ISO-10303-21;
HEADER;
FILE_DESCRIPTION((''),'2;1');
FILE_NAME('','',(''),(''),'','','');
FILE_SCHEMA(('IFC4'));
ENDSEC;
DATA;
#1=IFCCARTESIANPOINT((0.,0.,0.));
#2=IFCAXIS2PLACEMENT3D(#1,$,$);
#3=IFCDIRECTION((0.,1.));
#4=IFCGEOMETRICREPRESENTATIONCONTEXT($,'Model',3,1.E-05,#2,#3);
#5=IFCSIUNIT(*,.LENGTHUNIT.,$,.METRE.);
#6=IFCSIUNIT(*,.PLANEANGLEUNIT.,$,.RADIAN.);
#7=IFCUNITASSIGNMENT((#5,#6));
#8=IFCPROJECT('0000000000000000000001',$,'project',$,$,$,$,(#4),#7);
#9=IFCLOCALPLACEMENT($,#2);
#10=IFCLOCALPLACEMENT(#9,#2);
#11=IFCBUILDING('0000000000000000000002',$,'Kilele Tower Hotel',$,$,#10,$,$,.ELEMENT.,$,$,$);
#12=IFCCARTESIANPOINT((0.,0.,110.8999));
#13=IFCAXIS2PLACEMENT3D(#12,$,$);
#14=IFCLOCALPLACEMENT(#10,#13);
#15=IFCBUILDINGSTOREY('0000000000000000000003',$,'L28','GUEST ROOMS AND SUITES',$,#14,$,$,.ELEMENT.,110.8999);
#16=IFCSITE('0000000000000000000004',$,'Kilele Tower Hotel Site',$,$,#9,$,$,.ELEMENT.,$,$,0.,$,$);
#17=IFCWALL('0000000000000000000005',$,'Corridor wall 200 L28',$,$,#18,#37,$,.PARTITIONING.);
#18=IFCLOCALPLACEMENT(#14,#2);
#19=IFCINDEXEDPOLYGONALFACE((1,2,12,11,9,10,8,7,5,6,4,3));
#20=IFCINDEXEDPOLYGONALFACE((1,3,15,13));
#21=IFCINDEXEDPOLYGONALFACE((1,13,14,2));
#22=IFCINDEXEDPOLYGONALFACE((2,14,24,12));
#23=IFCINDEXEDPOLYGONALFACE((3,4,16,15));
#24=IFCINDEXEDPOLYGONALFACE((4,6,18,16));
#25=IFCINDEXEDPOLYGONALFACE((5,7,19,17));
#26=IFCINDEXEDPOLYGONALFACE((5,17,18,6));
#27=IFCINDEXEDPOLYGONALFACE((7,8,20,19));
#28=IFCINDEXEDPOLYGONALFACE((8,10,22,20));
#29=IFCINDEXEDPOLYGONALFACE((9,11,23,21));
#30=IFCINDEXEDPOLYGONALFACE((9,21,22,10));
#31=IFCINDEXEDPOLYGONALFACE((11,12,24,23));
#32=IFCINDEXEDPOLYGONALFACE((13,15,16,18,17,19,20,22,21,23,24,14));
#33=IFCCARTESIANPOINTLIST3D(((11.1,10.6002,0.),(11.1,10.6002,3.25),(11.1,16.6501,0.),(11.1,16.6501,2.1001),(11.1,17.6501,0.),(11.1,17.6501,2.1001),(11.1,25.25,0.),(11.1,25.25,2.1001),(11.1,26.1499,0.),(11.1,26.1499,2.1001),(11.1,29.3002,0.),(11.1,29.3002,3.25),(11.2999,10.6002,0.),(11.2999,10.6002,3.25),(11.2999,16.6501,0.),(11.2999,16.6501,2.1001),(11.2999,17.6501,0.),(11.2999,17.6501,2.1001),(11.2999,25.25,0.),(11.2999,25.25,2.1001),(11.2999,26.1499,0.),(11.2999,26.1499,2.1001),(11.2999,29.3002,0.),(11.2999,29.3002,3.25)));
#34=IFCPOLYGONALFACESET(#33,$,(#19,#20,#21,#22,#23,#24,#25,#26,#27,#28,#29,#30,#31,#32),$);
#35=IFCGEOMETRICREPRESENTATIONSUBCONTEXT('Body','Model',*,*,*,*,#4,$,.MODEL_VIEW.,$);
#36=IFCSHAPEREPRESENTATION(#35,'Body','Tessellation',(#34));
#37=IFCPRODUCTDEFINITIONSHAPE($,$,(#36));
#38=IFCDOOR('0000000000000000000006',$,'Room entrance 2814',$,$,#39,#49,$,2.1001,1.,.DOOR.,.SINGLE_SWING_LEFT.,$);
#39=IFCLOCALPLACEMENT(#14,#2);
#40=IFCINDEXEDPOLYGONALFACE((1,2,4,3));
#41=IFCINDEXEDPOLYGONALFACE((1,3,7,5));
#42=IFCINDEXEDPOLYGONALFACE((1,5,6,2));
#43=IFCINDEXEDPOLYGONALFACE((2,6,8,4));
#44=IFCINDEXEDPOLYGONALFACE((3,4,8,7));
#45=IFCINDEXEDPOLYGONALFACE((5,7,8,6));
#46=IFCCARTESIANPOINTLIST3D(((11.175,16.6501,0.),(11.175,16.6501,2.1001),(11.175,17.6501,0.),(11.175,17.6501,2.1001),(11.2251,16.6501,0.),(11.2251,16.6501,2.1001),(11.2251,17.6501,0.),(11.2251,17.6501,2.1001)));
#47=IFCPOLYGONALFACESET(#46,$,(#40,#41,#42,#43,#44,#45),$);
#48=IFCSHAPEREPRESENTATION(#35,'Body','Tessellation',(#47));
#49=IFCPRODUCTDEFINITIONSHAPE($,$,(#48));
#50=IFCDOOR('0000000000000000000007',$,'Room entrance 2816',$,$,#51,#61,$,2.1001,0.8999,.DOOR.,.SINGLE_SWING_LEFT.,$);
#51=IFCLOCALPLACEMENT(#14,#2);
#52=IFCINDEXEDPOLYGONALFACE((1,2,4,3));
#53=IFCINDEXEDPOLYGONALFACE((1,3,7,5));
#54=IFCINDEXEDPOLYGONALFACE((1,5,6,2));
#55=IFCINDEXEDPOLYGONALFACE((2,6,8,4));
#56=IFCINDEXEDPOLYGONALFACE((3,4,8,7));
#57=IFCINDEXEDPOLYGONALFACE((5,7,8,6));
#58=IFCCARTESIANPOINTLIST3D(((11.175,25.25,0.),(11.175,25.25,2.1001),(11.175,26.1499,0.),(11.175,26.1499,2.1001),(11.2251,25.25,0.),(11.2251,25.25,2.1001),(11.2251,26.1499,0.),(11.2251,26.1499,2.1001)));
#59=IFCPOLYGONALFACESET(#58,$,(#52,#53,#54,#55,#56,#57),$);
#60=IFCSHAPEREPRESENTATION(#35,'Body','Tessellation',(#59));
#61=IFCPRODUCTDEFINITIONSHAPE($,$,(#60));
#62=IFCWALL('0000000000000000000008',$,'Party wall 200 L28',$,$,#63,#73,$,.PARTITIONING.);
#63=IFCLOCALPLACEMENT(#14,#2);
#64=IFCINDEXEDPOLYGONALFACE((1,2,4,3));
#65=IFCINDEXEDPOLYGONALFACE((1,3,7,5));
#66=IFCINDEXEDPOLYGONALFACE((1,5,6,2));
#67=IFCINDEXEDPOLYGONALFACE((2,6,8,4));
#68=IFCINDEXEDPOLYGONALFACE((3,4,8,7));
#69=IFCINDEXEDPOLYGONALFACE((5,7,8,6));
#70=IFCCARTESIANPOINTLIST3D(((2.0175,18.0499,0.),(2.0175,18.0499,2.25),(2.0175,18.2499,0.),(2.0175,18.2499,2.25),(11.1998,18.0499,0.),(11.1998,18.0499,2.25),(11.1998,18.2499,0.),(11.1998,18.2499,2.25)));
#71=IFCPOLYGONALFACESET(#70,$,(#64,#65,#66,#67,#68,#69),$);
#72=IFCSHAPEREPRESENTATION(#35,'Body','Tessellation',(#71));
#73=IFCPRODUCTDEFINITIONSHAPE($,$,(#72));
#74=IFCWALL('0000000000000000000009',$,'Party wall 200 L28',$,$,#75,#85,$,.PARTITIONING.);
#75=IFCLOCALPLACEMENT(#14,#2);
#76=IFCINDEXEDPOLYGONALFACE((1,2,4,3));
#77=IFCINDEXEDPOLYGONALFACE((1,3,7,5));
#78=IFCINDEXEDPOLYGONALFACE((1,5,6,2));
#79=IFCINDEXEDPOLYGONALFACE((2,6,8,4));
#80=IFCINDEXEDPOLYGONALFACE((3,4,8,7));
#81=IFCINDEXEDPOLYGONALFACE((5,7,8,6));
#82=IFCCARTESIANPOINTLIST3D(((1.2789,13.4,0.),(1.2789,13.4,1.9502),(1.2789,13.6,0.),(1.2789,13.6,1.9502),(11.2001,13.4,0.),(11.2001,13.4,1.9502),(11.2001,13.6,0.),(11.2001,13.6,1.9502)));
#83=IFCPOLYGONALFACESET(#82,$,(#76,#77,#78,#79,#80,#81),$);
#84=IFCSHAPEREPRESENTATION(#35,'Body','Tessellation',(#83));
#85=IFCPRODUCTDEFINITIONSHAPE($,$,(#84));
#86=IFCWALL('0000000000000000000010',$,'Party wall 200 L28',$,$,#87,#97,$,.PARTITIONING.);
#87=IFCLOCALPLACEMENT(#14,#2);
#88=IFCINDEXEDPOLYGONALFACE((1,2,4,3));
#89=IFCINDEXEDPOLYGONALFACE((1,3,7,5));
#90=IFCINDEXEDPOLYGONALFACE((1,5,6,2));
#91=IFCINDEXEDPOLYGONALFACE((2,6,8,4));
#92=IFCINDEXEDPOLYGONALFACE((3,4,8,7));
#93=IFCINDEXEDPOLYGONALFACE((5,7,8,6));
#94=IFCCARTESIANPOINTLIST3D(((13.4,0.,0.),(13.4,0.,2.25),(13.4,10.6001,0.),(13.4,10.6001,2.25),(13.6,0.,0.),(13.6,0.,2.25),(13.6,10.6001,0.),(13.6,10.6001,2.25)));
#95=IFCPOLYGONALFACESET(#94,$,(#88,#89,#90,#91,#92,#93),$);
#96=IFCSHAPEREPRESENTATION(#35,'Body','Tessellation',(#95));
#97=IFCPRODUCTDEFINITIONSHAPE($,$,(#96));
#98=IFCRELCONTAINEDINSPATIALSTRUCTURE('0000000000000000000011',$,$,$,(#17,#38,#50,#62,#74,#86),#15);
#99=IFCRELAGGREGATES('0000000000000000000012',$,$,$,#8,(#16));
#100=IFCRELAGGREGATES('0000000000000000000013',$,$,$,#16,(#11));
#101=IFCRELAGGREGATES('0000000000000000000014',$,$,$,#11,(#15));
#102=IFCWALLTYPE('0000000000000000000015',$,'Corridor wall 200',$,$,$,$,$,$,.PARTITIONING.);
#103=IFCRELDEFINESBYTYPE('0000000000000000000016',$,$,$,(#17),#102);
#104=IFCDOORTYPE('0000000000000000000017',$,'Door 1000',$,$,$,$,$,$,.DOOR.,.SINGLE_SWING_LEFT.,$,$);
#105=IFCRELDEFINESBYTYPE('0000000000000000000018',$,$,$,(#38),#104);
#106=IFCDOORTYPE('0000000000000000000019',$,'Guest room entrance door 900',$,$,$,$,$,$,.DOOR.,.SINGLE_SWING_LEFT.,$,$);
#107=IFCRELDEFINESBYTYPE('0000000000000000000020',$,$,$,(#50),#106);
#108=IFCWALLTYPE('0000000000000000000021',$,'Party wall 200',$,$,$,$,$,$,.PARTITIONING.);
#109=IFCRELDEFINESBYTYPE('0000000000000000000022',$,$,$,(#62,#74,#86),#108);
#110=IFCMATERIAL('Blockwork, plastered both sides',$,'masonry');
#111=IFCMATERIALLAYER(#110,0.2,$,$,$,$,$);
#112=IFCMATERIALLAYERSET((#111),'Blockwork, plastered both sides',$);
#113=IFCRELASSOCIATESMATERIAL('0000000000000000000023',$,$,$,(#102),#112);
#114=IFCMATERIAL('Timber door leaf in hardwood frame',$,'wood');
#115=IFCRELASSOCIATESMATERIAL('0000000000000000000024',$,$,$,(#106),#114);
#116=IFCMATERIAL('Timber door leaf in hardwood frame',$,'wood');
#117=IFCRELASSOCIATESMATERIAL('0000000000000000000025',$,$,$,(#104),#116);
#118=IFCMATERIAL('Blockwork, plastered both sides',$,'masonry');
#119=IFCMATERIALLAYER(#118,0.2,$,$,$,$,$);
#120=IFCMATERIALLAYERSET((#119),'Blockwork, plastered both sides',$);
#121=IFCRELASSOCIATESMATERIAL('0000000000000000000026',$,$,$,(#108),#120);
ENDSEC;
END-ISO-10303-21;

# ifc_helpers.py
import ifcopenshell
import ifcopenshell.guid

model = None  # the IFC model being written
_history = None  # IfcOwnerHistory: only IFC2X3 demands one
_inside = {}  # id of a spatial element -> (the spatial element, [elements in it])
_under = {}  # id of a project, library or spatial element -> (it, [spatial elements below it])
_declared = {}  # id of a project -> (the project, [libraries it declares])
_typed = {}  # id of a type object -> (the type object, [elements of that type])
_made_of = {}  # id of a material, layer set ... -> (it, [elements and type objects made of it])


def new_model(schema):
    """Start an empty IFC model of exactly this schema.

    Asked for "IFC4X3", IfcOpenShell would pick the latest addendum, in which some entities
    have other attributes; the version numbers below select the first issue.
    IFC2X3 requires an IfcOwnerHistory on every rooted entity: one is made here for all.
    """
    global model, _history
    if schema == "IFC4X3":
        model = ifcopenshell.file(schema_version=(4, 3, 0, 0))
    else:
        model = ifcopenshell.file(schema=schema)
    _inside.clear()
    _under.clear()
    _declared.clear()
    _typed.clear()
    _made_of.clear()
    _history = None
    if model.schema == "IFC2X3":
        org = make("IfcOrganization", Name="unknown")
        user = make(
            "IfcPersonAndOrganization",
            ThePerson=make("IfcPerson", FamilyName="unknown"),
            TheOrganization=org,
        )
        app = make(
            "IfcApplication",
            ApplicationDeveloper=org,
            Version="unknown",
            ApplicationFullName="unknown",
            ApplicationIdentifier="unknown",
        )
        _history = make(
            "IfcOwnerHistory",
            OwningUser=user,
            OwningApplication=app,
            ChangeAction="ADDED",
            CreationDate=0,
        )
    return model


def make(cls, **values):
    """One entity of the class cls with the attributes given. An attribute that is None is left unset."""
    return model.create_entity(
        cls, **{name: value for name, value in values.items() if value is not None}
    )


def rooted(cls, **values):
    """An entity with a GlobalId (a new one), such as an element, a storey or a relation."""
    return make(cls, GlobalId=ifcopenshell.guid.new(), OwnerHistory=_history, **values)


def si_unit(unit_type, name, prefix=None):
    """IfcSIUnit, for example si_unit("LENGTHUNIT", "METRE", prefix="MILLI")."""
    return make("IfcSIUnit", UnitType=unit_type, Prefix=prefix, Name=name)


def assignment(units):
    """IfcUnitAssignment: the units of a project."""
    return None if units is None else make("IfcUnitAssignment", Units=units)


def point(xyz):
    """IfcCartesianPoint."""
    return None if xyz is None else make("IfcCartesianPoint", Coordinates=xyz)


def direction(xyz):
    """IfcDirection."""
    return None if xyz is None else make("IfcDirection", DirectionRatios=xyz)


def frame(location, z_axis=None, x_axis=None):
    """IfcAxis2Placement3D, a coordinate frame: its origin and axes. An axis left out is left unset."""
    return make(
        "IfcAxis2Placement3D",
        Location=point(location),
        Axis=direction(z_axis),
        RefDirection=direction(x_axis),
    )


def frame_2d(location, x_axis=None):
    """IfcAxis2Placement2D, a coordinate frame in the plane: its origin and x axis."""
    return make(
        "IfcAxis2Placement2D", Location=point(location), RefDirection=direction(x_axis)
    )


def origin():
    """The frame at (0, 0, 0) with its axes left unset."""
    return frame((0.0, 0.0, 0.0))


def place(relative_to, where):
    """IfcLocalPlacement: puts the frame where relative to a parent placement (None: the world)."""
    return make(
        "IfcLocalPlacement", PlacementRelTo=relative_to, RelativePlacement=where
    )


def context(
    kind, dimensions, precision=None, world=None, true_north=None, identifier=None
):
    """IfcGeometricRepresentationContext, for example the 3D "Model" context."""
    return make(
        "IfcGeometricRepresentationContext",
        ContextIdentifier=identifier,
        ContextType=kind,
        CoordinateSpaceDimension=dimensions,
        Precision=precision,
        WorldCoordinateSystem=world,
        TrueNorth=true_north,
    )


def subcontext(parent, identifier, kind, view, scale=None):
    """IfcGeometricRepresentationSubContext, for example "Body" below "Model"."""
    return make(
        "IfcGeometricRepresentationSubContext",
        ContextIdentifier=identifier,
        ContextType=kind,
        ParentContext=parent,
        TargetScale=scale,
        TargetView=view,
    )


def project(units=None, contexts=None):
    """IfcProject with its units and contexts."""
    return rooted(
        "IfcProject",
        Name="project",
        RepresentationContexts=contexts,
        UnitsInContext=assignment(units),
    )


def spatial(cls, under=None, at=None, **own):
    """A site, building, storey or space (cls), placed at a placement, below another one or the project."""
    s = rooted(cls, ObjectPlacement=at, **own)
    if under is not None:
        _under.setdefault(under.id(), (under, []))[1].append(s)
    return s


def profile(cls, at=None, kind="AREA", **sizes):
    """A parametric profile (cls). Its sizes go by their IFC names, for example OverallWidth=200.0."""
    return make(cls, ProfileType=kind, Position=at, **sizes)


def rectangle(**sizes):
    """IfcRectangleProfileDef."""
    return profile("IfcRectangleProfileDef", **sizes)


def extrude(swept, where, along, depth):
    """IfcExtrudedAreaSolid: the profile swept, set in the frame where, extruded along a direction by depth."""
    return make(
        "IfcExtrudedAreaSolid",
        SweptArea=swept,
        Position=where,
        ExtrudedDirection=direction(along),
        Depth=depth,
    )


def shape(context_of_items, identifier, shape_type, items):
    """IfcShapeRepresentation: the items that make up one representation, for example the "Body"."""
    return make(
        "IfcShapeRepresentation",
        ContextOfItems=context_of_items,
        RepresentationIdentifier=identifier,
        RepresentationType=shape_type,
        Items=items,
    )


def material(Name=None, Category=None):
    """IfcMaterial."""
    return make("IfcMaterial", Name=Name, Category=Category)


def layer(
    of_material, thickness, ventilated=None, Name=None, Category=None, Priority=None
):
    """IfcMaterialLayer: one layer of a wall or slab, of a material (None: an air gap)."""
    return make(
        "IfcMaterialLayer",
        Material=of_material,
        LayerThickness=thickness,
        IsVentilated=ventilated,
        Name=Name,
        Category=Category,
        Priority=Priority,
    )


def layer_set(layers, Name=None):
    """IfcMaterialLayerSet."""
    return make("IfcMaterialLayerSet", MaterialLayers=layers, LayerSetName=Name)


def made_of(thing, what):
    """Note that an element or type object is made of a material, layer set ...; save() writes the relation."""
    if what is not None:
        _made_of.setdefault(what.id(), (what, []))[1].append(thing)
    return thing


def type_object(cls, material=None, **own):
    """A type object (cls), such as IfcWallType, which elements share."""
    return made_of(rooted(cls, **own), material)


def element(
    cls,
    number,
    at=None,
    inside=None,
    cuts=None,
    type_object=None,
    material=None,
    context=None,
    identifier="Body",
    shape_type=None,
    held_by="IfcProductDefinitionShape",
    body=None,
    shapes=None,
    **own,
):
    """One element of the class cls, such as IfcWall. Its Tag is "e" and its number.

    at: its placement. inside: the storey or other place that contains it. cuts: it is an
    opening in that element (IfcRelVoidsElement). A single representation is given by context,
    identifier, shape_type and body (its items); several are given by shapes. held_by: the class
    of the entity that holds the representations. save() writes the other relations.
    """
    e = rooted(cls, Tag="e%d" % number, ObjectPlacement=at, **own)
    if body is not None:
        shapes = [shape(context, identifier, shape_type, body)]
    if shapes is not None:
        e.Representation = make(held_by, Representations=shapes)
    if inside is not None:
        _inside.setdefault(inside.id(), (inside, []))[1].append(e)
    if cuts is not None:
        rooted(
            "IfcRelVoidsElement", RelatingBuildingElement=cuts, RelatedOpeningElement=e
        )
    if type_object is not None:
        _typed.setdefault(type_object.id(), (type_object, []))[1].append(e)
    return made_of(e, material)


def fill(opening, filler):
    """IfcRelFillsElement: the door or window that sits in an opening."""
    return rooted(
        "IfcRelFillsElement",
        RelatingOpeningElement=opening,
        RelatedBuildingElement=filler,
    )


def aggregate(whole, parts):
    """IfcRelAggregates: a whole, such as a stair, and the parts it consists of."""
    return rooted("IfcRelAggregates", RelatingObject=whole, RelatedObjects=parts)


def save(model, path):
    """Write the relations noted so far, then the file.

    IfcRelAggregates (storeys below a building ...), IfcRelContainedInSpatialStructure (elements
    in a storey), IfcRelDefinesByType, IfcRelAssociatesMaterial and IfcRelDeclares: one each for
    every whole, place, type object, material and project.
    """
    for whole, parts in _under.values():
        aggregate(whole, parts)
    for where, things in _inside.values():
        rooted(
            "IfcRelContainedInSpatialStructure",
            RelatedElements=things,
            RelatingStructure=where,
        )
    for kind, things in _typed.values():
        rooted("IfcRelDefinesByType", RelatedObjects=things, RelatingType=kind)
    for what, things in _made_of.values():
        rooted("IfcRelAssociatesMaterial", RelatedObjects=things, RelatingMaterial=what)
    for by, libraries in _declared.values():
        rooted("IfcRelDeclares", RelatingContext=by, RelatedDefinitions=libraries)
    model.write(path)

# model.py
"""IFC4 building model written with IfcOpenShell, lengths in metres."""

from ifc_helpers import new_model, si_unit, direction, frame, frame_2d, origin, place, context, subcontext, project, spatial, rectangle, extrude, material, layer, layer_set, type_object, element, fill, save


model = new_model("IFC4")

# Units and contexts
model_context = context("Model", 3, precision=1e-05, world=origin(), true_north=direction((0.0, 1.0)))
body_context = subcontext(model_context, "Body", "Model", "MODEL_VIEW")
ifc_project = project(units=[si_unit("LENGTHUNIT", "METRE"), si_unit("PLANEANGLEUNIT", "RADIAN")], contexts=[model_context])

# Site, building, storey
site_placement = place(None, origin())
site = spatial("IfcSite", under=ifc_project, at=site_placement, Name="Kilele Tower Hotel Site", CompositionType="ELEMENT", RefElevation=0.0)
building_placement = place(site_placement, origin())
building = spatial("IfcBuilding", under=site, at=building_placement, Name="Kilele Tower Hotel", CompositionType="ELEMENT")
storey_placement = place(building_placement, frame((0.0, 0.0, 110.8999)))
storey = spatial("IfcBuildingStorey", under=building, at=storey_placement, Name="L28", Description="GUEST ROOMS AND SUITES", CompositionType="ELEMENT", Elevation=110.8999)

# Wall, openings, doors
ifc_material_1 = material(Name="Blockwork, plastered both sides", Category="masonry")
ifc_layer_1 = layer(ifc_material_1, 0.2)
ifc_layer_set_1 = layer_set([ifc_layer_1], Name="Blockwork, plastered both sides")
wall_type_1 = type_object("IfcWallType", Name="Corridor wall 200", PredefinedType="PARTITIONING", material=ifc_layer_set_1)
ifc_material_2 = material(Name="Timber door leaf in hardwood frame", Category="wood")
door_type_1 = type_object("IfcDoorType", Name="Guest room entrance door 900", OperationType="SINGLE_SWING_LEFT", PredefinedType="DOOR", material=ifc_material_2)
wall_1_placement = place(storey_placement, frame((11.2, 10.6001, 0.0), z_axis=(0.0, 0.0, 1.0), x_axis=(0.0, 1.0, 0.0)))
wall_1 = element("IfcWall", 1, at=wall_1_placement, inside=storey, type_object=wall_type_1, Name="Corridor wall 200 L28", PredefinedType="PARTITIONING", context=body_context, shape_type="SweptSolid", body=[
    extrude(rectangle(XDim=18.7, YDim=0.2, at=frame_2d((9.3501, 0.0))), origin(), (0.0, 0.0, 1.0), 3.25),
])
opening_1_placement = place(wall_1_placement, frame((6.05, 0.0, 0.0)))
opening_1 = element("IfcOpeningElement", 2, at=opening_1_placement, cuts=wall_1, PredefinedType="OPENING", context=body_context, shape_type="SweptSolid", body=[
    extrude(rectangle(XDim=1.0, YDim=2.1001, at=frame_2d((0.5, 1.05))), frame((0.0, 0.1099, 0.0), z_axis=(0.0, -1.0, 0.0), x_axis=(1.0, 0.0, 0.0)), (0.0, 0.0, 1.0), 0.22),
])
opening_2_placement = place(wall_1_placement, frame((14.6499, 0.0, 0.0)))
opening_2 = element("IfcOpeningElement", 3, at=opening_2_placement, cuts=wall_1, PredefinedType="OPENING", context=body_context, shape_type="SweptSolid", body=[
    extrude(rectangle(XDim=0.8999, YDim=2.1001, at=frame_2d((0.45, 1.05))), frame((0.0, 0.1099, 0.0), z_axis=(0.0, -1.0, 0.0), x_axis=(1.0, 0.0, 0.0)), (0.0, 0.0, 1.0), 0.22),
])
ifc_material_3 = material(Name="Timber door leaf in hardwood frame", Category="wood")
door_type_2 = type_object("IfcDoorType", Name="Door 1000", OperationType="SINGLE_SWING_LEFT", PredefinedType="DOOR", material=ifc_material_3)
door_1_placement = place(opening_1_placement, origin())
door_1 = element("IfcDoor", 4, at=door_1_placement, inside=storey, type_object=door_type_2, Name="Room entrance 2814", OperationType="SINGLE_SWING_LEFT", OverallHeight=2.1001, OverallWidth=1.0, PredefinedType="DOOR", context=body_context, shape_type="SweptSolid", body=[
    extrude(rectangle(XDim=1.0, YDim=2.1001, at=frame_2d((0.5, 1.05))), frame((0.0, 0.0249, 0.0), z_axis=(0.0, -1.0, 0.0), x_axis=(1.0, 0.0, 0.0)), (0.0, 0.0, 1.0), 0.05),
])
fill(opening_1, door_1)
door_2_placement = place(opening_2_placement, origin())
door_2 = element("IfcDoor", 5, at=door_2_placement, inside=storey, type_object=door_type_1, Name="Room entrance 2816", OperationType="SINGLE_SWING_LEFT", OverallHeight=2.1001, OverallWidth=0.8999, PredefinedType="DOOR", context=body_context, shape_type="SweptSolid", body=[
    extrude(rectangle(XDim=0.8999, YDim=2.1001, at=frame_2d((0.45, 1.05))), frame((0.0, 0.0249, 0.0), z_axis=(0.0, -1.0, 0.0), x_axis=(1.0, 0.0, 0.0)), (0.0, 0.0, 1.0), 0.05),
])
fill(opening_2, door_2)

# Walls
ifc_material_4 = material(Name="Blockwork, plastered both sides", Category="masonry")
ifc_layer_2 = layer(ifc_material_4, 0.2)
ifc_layer_set_2 = layer_set([ifc_layer_2], Name="Blockwork, plastered both sides")
wall_type_2 = type_object("IfcWallType", Name="Party wall 200", PredefinedType="PARTITIONING", material=ifc_layer_set_2)
wall_2_placement = place(storey_placement, frame((11.2, 18.1499, 0.0), z_axis=(0.0, 0.0, 1.0), x_axis=(-1.0, 0.0, 0.0)))
element("IfcWall", 6, at=wall_2_placement, inside=storey, type_object=wall_type_2, Name="Party wall 200 L28", PredefinedType="PARTITIONING", context=body_context, shape_type="SweptSolid", body=[
    extrude(rectangle(XDim=9.1824, YDim=0.2, at=frame_2d((4.5913, 0.0))), origin(), (0.0, 0.0, 1.0), 2.25),
])
wall_3_placement = place(storey_placement, frame((11.2, 13.5, 0.0), z_axis=(0.0, 0.0, 1.0), x_axis=(-1.0, 0.0, 0.0)))
element("IfcWall", 7, at=wall_3_placement, inside=storey, type_object=wall_type_2, Name="Party wall 200 L28", PredefinedType="PARTITIONING", context=body_context, shape_type="SweptSolid", body=[
    extrude(rectangle(XDim=9.9211, YDim=0.2, at=frame_2d((4.9604, 0.0))), origin(), (0.0, 0.0, 1.0), 1.9502),
])
wall_4_placement = place(storey_placement, frame((13.5, 10.6001, 0.0), z_axis=(0.0, 0.0, 1.0), x_axis=(0.0, -1.0, 0.0)))
element("IfcWall", 8, at=wall_4_placement, inside=storey, type_object=wall_type_2, Name="Party wall 200 L28", PredefinedType="PARTITIONING", context=body_context, shape_type="SweptSolid", body=[
    extrude(rectangle(XDim=10.6001, YDim=0.2, at=frame_2d((5.3, 0.0))), origin(), (0.0, 0.0, 1.0), 2.25),
])

save(model, "model.ifc")
